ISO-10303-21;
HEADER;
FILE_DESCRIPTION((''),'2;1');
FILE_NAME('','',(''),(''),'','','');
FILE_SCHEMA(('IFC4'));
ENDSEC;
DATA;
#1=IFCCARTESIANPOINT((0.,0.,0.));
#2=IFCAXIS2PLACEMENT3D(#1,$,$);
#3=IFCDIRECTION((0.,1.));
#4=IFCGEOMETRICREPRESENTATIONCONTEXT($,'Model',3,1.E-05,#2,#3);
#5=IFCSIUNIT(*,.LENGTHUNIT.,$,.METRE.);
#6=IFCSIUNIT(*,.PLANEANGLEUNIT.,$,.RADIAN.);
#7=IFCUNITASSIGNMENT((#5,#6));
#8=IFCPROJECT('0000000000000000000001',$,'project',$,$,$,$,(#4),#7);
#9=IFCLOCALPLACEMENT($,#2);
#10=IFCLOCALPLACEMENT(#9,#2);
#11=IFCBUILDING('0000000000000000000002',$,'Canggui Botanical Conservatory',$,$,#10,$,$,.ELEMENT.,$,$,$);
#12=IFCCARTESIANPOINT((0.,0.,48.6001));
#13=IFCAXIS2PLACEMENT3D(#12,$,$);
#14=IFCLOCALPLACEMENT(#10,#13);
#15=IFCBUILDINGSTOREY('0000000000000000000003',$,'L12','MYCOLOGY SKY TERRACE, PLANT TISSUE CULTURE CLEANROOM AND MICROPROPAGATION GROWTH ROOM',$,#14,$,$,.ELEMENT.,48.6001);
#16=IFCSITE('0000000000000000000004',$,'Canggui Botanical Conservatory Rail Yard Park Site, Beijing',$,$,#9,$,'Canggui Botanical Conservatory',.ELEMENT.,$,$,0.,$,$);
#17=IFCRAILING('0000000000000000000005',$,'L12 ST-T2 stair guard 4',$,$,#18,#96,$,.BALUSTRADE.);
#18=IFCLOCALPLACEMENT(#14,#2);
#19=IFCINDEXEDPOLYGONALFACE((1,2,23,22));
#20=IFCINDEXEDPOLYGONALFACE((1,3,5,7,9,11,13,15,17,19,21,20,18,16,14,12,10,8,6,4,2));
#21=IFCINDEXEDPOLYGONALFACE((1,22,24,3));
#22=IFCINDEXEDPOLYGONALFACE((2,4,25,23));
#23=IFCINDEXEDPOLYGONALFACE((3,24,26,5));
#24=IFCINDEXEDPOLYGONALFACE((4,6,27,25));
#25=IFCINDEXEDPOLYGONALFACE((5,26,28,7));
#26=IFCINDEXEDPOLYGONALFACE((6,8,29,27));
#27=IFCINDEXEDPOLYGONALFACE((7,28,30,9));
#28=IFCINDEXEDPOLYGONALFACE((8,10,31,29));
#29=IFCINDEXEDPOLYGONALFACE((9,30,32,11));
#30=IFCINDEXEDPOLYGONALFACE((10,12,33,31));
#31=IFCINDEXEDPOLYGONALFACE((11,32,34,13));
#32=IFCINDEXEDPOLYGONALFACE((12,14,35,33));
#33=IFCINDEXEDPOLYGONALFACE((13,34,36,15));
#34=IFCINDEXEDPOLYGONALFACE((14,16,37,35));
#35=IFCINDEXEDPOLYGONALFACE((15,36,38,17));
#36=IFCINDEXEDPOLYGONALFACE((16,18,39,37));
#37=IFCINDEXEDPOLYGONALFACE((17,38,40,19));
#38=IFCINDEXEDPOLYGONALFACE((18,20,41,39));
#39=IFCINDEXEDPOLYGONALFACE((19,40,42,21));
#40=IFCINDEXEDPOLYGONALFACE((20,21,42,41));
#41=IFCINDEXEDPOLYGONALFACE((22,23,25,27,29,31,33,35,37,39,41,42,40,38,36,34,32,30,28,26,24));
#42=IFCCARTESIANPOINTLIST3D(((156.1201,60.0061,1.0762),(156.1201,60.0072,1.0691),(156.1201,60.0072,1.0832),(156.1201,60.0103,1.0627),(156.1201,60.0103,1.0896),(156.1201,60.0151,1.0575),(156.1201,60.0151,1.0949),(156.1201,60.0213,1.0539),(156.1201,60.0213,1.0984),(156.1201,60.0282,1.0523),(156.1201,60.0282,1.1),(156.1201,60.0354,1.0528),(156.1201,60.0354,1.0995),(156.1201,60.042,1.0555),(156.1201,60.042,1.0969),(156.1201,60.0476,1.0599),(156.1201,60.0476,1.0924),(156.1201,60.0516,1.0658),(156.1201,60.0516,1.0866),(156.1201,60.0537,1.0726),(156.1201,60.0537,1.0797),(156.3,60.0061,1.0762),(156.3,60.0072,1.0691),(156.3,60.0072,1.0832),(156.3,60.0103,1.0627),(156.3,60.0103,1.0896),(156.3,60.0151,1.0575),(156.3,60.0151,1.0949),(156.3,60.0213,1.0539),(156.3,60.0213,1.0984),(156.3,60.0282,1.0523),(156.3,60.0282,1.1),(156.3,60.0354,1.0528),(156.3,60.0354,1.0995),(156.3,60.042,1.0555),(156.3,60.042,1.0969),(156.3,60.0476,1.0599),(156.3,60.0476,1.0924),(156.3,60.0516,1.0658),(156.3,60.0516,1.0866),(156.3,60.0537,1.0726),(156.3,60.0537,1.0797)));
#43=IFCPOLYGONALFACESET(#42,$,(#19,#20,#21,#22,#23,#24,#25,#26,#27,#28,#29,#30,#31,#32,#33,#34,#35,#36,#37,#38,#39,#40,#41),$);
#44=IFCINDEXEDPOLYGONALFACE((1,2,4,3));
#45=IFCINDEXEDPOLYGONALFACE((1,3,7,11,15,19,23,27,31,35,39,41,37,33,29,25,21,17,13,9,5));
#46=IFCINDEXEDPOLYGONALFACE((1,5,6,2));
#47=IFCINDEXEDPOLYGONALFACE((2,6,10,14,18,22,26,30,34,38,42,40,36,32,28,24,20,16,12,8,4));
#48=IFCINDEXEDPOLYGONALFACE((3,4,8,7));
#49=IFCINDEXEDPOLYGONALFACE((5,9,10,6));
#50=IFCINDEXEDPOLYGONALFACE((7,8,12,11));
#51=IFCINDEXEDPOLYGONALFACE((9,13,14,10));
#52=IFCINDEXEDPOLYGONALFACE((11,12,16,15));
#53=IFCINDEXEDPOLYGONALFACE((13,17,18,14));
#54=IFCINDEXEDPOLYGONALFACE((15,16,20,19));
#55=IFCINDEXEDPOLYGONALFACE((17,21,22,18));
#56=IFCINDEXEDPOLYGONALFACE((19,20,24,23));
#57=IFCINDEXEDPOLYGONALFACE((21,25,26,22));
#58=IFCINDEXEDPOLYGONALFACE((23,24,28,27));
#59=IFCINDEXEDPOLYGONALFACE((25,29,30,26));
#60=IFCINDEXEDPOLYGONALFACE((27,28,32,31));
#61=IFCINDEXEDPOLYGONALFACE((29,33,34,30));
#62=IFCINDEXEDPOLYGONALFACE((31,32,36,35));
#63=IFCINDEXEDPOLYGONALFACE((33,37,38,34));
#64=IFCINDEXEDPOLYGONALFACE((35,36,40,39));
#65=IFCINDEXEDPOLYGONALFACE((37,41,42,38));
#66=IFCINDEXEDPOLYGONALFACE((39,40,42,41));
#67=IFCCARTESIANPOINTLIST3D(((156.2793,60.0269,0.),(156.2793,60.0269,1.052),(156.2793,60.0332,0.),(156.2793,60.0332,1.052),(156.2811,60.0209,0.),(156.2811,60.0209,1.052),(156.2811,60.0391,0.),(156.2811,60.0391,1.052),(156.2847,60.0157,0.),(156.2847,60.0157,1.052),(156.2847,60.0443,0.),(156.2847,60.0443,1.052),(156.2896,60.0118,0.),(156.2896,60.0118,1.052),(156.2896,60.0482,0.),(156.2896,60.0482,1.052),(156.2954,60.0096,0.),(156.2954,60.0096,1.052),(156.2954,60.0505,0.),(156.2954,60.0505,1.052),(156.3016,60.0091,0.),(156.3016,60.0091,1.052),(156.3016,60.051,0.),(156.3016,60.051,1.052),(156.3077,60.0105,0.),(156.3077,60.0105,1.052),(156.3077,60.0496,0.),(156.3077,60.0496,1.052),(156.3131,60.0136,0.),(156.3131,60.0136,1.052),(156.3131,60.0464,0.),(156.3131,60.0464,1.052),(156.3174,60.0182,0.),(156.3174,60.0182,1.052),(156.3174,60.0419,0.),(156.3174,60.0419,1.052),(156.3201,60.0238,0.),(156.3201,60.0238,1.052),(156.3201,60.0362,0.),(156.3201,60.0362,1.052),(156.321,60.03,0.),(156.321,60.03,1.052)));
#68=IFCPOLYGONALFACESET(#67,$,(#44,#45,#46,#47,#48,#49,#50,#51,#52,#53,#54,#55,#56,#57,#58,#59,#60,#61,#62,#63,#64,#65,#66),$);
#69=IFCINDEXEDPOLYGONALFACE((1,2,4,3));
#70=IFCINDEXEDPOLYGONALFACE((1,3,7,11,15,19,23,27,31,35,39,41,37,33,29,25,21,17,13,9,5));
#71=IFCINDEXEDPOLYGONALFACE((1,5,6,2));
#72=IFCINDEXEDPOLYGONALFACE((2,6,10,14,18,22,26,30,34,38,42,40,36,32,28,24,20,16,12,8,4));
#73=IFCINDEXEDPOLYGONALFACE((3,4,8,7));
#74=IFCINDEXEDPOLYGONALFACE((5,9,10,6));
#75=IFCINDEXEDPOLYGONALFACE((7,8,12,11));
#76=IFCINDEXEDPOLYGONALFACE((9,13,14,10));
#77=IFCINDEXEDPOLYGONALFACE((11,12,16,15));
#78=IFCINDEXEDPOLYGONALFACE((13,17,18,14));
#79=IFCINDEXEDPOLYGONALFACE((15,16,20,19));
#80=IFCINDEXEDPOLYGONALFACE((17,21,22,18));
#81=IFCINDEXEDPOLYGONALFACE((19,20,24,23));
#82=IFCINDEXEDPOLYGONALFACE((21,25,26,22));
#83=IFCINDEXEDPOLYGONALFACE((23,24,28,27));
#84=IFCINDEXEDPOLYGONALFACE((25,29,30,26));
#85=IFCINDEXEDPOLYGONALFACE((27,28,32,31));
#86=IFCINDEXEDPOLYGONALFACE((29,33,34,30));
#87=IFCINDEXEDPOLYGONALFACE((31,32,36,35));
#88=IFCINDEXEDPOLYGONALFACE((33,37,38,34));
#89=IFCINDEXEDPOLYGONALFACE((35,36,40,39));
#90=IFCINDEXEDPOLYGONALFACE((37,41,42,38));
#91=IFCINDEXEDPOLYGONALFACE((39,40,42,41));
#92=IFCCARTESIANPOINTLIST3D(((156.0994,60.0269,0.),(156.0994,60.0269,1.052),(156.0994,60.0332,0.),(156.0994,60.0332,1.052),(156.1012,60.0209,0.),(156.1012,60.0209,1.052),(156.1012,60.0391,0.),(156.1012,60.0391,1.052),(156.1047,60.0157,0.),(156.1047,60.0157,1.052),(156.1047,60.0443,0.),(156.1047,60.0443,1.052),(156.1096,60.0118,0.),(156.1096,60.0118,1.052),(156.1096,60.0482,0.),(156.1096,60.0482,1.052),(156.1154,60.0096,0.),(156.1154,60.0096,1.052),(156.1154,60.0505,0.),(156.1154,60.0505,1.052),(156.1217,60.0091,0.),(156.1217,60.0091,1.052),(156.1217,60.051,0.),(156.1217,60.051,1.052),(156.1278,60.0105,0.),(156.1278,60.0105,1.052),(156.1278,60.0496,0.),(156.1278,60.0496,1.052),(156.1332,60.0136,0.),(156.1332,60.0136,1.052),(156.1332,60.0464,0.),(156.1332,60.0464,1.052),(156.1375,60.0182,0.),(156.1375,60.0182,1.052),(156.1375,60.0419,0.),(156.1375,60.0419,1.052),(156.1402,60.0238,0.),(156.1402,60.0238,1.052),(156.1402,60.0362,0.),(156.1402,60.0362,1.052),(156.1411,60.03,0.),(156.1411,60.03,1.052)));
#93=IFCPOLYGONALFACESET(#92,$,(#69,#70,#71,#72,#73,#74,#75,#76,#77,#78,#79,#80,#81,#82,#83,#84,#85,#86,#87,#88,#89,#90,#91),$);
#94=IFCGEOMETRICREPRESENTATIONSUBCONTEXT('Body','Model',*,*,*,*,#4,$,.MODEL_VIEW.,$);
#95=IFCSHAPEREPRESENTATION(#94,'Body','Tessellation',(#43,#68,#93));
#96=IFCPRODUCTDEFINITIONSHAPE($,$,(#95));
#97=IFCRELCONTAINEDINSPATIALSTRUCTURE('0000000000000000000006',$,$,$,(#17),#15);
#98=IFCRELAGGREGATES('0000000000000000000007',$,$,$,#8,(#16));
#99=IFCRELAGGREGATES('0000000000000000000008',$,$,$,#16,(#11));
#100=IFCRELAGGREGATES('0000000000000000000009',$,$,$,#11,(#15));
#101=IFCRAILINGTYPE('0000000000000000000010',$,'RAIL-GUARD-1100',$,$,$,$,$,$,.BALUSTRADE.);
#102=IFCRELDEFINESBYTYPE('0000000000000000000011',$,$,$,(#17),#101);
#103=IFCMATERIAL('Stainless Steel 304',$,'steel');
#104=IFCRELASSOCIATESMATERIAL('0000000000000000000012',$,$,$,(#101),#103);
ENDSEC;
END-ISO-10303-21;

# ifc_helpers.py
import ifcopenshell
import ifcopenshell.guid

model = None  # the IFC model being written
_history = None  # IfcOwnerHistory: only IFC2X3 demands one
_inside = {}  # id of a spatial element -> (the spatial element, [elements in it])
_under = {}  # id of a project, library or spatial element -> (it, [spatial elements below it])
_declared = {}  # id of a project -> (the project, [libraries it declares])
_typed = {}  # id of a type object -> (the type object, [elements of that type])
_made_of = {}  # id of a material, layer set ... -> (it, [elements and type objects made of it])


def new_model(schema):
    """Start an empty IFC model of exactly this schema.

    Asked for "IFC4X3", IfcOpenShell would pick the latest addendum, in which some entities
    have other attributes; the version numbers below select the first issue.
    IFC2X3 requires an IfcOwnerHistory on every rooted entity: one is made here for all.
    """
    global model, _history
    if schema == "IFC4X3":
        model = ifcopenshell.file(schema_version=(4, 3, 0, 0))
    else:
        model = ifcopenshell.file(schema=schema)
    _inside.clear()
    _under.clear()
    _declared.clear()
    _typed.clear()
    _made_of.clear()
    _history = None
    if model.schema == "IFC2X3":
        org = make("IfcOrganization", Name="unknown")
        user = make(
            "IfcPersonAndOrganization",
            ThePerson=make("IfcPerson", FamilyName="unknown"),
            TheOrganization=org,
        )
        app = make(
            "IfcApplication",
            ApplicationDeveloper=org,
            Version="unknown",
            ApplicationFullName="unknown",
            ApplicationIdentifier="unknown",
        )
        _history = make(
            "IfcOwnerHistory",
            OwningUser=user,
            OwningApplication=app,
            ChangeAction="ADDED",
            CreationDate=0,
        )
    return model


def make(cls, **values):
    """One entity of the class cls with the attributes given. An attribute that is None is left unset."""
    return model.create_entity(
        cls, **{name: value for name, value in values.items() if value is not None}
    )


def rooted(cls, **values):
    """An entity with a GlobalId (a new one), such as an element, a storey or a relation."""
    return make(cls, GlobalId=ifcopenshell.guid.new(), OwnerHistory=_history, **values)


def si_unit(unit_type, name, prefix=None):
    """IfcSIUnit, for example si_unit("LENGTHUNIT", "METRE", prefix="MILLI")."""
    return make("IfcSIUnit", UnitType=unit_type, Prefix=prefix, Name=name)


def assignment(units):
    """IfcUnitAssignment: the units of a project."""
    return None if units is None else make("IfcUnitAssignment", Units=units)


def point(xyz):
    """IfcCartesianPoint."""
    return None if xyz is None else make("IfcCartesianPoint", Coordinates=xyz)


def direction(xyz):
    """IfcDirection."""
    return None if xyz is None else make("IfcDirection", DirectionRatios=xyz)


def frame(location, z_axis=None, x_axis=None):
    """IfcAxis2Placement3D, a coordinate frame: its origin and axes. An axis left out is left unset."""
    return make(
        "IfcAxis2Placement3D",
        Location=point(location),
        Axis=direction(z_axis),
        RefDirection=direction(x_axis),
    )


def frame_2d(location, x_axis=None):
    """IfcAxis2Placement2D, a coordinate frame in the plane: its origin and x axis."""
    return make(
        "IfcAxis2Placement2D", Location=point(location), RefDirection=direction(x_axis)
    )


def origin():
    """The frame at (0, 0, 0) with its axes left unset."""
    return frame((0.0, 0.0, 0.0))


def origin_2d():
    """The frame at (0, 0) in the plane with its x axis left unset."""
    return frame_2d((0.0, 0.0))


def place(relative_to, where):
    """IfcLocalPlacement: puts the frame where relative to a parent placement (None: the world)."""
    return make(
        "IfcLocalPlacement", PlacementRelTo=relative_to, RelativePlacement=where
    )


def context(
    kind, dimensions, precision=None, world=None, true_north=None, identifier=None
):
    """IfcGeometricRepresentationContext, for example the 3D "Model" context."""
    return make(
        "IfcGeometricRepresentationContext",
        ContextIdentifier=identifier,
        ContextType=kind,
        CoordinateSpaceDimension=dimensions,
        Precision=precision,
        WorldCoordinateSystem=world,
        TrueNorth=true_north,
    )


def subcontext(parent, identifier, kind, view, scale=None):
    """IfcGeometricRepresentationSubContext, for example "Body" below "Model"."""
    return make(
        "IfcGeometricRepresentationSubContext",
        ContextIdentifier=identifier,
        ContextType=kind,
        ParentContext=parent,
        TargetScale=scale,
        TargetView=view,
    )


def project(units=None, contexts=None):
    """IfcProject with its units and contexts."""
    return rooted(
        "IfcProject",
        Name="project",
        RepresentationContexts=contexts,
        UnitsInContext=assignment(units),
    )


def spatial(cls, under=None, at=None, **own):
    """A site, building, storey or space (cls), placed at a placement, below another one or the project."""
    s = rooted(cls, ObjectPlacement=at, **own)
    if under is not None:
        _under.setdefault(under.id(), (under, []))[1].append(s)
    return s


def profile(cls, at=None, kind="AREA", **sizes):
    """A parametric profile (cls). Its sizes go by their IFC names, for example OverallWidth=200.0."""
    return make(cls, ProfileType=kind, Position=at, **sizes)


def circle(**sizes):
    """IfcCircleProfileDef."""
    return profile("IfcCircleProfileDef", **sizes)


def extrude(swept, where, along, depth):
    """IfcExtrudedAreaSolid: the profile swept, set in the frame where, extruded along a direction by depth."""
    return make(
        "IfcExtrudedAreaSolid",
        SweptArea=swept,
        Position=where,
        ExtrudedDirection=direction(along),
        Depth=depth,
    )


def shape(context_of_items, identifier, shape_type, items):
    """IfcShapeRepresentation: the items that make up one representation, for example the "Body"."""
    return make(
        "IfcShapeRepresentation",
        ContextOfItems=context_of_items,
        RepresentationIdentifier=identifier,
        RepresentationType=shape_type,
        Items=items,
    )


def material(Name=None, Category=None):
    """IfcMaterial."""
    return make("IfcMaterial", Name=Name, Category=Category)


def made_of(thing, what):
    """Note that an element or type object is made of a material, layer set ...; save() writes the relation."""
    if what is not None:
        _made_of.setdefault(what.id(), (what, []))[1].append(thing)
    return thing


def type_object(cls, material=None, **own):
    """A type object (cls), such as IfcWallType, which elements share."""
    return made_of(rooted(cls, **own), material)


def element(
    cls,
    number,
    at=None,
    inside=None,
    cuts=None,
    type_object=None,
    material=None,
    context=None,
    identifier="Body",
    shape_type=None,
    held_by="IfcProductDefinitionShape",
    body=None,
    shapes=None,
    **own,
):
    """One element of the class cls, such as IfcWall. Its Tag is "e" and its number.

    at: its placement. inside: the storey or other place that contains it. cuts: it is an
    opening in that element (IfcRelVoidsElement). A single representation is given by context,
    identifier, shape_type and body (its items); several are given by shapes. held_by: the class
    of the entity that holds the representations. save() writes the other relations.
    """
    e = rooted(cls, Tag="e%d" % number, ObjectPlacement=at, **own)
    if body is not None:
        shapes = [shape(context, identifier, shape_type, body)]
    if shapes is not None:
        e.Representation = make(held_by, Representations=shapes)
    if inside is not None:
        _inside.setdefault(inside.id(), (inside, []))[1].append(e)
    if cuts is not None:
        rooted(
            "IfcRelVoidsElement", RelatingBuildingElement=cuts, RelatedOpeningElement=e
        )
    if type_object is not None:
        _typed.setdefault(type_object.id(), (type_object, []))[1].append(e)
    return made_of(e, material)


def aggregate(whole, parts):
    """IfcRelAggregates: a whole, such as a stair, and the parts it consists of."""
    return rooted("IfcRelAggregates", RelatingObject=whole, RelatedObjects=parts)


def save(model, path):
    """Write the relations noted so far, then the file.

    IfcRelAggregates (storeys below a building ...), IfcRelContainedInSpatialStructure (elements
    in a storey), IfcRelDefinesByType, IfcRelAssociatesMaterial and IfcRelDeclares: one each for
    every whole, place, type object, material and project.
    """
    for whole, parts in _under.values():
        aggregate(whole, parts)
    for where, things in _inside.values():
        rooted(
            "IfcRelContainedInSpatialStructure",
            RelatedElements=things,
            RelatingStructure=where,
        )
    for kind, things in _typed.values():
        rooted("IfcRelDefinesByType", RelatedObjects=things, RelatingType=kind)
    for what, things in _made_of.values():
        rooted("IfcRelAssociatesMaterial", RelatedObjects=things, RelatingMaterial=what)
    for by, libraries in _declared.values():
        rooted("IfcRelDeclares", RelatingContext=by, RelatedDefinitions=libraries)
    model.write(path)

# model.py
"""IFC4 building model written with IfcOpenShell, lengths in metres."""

from ifc_helpers import new_model, si_unit, direction, frame, origin, origin_2d, place, context, subcontext, project, spatial, circle, extrude, material, type_object, element, save


model = new_model("IFC4")

# Units and contexts
model_context = context("Model", 3, precision=1e-05, world=origin(), true_north=direction((0.0, 1.0)))
body_context = subcontext(model_context, "Body", "Model", "MODEL_VIEW")
ifc_project = project(units=[si_unit("LENGTHUNIT", "METRE"), si_unit("PLANEANGLEUNIT", "RADIAN")], contexts=[model_context])

# Site, building, storey
site_placement = place(None, origin())
site = spatial("IfcSite", under=ifc_project, at=site_placement, Name="Canggui Botanical Conservatory Rail Yard Park Site, Beijing", LongName="Canggui Botanical Conservatory", CompositionType="ELEMENT", RefElevation=0.0)
building_placement = place(site_placement, origin())
building = spatial("IfcBuilding", under=site, at=building_placement, Name="Canggui Botanical Conservatory", CompositionType="ELEMENT")
storey_placement = place(building_placement, frame((0.0, 0.0, 48.6001)))
storey = spatial("IfcBuildingStorey", under=building, at=storey_placement, Name="L12", Description="MYCOLOGY SKY TERRACE, PLANT TISSUE CULTURE CLEANROOM AND MICROPROPAGATION GROWTH ROOM", CompositionType="ELEMENT", Elevation=48.6001)

# Railing
ifc_material_1 = material(Name="Stainless Steel 304", Category="steel")
railing_type_1 = type_object("IfcRailingType", Name="RAIL-GUARD-1100", PredefinedType="BALUSTRADE", material=ifc_material_1)
railing_1_placement = place(storey_placement, frame((156.3, 60.03, 0.0)))
element("IfcRailing", 1, at=railing_1_placement, inside=storey, type_object=railing_type_1, Name="L12 ST-T2 stair guard 4", PredefinedType="BALUSTRADE", context=body_context, shape_type="SweptSolid", body=[
    extrude(circle(Radius=0.0239, at=origin_2d()), frame((0.0, 0.0, 1.0762), z_axis=(-1.0, 0.0, 0.0), x_axis=(0.0, -1.0, 0.0)), (0.0, 0.0, 1.0), 0.1799),
    extrude(circle(Radius=0.021, at=origin_2d()), origin(), (0.0, 0.0, 1.0), 1.052),
    extrude(circle(Radius=0.021, at=origin_2d()), frame((-0.1799, 0.0, 0.0)), (0.0, 0.0, 1.0), 1.052),
])

save(model, "model.ifc")
